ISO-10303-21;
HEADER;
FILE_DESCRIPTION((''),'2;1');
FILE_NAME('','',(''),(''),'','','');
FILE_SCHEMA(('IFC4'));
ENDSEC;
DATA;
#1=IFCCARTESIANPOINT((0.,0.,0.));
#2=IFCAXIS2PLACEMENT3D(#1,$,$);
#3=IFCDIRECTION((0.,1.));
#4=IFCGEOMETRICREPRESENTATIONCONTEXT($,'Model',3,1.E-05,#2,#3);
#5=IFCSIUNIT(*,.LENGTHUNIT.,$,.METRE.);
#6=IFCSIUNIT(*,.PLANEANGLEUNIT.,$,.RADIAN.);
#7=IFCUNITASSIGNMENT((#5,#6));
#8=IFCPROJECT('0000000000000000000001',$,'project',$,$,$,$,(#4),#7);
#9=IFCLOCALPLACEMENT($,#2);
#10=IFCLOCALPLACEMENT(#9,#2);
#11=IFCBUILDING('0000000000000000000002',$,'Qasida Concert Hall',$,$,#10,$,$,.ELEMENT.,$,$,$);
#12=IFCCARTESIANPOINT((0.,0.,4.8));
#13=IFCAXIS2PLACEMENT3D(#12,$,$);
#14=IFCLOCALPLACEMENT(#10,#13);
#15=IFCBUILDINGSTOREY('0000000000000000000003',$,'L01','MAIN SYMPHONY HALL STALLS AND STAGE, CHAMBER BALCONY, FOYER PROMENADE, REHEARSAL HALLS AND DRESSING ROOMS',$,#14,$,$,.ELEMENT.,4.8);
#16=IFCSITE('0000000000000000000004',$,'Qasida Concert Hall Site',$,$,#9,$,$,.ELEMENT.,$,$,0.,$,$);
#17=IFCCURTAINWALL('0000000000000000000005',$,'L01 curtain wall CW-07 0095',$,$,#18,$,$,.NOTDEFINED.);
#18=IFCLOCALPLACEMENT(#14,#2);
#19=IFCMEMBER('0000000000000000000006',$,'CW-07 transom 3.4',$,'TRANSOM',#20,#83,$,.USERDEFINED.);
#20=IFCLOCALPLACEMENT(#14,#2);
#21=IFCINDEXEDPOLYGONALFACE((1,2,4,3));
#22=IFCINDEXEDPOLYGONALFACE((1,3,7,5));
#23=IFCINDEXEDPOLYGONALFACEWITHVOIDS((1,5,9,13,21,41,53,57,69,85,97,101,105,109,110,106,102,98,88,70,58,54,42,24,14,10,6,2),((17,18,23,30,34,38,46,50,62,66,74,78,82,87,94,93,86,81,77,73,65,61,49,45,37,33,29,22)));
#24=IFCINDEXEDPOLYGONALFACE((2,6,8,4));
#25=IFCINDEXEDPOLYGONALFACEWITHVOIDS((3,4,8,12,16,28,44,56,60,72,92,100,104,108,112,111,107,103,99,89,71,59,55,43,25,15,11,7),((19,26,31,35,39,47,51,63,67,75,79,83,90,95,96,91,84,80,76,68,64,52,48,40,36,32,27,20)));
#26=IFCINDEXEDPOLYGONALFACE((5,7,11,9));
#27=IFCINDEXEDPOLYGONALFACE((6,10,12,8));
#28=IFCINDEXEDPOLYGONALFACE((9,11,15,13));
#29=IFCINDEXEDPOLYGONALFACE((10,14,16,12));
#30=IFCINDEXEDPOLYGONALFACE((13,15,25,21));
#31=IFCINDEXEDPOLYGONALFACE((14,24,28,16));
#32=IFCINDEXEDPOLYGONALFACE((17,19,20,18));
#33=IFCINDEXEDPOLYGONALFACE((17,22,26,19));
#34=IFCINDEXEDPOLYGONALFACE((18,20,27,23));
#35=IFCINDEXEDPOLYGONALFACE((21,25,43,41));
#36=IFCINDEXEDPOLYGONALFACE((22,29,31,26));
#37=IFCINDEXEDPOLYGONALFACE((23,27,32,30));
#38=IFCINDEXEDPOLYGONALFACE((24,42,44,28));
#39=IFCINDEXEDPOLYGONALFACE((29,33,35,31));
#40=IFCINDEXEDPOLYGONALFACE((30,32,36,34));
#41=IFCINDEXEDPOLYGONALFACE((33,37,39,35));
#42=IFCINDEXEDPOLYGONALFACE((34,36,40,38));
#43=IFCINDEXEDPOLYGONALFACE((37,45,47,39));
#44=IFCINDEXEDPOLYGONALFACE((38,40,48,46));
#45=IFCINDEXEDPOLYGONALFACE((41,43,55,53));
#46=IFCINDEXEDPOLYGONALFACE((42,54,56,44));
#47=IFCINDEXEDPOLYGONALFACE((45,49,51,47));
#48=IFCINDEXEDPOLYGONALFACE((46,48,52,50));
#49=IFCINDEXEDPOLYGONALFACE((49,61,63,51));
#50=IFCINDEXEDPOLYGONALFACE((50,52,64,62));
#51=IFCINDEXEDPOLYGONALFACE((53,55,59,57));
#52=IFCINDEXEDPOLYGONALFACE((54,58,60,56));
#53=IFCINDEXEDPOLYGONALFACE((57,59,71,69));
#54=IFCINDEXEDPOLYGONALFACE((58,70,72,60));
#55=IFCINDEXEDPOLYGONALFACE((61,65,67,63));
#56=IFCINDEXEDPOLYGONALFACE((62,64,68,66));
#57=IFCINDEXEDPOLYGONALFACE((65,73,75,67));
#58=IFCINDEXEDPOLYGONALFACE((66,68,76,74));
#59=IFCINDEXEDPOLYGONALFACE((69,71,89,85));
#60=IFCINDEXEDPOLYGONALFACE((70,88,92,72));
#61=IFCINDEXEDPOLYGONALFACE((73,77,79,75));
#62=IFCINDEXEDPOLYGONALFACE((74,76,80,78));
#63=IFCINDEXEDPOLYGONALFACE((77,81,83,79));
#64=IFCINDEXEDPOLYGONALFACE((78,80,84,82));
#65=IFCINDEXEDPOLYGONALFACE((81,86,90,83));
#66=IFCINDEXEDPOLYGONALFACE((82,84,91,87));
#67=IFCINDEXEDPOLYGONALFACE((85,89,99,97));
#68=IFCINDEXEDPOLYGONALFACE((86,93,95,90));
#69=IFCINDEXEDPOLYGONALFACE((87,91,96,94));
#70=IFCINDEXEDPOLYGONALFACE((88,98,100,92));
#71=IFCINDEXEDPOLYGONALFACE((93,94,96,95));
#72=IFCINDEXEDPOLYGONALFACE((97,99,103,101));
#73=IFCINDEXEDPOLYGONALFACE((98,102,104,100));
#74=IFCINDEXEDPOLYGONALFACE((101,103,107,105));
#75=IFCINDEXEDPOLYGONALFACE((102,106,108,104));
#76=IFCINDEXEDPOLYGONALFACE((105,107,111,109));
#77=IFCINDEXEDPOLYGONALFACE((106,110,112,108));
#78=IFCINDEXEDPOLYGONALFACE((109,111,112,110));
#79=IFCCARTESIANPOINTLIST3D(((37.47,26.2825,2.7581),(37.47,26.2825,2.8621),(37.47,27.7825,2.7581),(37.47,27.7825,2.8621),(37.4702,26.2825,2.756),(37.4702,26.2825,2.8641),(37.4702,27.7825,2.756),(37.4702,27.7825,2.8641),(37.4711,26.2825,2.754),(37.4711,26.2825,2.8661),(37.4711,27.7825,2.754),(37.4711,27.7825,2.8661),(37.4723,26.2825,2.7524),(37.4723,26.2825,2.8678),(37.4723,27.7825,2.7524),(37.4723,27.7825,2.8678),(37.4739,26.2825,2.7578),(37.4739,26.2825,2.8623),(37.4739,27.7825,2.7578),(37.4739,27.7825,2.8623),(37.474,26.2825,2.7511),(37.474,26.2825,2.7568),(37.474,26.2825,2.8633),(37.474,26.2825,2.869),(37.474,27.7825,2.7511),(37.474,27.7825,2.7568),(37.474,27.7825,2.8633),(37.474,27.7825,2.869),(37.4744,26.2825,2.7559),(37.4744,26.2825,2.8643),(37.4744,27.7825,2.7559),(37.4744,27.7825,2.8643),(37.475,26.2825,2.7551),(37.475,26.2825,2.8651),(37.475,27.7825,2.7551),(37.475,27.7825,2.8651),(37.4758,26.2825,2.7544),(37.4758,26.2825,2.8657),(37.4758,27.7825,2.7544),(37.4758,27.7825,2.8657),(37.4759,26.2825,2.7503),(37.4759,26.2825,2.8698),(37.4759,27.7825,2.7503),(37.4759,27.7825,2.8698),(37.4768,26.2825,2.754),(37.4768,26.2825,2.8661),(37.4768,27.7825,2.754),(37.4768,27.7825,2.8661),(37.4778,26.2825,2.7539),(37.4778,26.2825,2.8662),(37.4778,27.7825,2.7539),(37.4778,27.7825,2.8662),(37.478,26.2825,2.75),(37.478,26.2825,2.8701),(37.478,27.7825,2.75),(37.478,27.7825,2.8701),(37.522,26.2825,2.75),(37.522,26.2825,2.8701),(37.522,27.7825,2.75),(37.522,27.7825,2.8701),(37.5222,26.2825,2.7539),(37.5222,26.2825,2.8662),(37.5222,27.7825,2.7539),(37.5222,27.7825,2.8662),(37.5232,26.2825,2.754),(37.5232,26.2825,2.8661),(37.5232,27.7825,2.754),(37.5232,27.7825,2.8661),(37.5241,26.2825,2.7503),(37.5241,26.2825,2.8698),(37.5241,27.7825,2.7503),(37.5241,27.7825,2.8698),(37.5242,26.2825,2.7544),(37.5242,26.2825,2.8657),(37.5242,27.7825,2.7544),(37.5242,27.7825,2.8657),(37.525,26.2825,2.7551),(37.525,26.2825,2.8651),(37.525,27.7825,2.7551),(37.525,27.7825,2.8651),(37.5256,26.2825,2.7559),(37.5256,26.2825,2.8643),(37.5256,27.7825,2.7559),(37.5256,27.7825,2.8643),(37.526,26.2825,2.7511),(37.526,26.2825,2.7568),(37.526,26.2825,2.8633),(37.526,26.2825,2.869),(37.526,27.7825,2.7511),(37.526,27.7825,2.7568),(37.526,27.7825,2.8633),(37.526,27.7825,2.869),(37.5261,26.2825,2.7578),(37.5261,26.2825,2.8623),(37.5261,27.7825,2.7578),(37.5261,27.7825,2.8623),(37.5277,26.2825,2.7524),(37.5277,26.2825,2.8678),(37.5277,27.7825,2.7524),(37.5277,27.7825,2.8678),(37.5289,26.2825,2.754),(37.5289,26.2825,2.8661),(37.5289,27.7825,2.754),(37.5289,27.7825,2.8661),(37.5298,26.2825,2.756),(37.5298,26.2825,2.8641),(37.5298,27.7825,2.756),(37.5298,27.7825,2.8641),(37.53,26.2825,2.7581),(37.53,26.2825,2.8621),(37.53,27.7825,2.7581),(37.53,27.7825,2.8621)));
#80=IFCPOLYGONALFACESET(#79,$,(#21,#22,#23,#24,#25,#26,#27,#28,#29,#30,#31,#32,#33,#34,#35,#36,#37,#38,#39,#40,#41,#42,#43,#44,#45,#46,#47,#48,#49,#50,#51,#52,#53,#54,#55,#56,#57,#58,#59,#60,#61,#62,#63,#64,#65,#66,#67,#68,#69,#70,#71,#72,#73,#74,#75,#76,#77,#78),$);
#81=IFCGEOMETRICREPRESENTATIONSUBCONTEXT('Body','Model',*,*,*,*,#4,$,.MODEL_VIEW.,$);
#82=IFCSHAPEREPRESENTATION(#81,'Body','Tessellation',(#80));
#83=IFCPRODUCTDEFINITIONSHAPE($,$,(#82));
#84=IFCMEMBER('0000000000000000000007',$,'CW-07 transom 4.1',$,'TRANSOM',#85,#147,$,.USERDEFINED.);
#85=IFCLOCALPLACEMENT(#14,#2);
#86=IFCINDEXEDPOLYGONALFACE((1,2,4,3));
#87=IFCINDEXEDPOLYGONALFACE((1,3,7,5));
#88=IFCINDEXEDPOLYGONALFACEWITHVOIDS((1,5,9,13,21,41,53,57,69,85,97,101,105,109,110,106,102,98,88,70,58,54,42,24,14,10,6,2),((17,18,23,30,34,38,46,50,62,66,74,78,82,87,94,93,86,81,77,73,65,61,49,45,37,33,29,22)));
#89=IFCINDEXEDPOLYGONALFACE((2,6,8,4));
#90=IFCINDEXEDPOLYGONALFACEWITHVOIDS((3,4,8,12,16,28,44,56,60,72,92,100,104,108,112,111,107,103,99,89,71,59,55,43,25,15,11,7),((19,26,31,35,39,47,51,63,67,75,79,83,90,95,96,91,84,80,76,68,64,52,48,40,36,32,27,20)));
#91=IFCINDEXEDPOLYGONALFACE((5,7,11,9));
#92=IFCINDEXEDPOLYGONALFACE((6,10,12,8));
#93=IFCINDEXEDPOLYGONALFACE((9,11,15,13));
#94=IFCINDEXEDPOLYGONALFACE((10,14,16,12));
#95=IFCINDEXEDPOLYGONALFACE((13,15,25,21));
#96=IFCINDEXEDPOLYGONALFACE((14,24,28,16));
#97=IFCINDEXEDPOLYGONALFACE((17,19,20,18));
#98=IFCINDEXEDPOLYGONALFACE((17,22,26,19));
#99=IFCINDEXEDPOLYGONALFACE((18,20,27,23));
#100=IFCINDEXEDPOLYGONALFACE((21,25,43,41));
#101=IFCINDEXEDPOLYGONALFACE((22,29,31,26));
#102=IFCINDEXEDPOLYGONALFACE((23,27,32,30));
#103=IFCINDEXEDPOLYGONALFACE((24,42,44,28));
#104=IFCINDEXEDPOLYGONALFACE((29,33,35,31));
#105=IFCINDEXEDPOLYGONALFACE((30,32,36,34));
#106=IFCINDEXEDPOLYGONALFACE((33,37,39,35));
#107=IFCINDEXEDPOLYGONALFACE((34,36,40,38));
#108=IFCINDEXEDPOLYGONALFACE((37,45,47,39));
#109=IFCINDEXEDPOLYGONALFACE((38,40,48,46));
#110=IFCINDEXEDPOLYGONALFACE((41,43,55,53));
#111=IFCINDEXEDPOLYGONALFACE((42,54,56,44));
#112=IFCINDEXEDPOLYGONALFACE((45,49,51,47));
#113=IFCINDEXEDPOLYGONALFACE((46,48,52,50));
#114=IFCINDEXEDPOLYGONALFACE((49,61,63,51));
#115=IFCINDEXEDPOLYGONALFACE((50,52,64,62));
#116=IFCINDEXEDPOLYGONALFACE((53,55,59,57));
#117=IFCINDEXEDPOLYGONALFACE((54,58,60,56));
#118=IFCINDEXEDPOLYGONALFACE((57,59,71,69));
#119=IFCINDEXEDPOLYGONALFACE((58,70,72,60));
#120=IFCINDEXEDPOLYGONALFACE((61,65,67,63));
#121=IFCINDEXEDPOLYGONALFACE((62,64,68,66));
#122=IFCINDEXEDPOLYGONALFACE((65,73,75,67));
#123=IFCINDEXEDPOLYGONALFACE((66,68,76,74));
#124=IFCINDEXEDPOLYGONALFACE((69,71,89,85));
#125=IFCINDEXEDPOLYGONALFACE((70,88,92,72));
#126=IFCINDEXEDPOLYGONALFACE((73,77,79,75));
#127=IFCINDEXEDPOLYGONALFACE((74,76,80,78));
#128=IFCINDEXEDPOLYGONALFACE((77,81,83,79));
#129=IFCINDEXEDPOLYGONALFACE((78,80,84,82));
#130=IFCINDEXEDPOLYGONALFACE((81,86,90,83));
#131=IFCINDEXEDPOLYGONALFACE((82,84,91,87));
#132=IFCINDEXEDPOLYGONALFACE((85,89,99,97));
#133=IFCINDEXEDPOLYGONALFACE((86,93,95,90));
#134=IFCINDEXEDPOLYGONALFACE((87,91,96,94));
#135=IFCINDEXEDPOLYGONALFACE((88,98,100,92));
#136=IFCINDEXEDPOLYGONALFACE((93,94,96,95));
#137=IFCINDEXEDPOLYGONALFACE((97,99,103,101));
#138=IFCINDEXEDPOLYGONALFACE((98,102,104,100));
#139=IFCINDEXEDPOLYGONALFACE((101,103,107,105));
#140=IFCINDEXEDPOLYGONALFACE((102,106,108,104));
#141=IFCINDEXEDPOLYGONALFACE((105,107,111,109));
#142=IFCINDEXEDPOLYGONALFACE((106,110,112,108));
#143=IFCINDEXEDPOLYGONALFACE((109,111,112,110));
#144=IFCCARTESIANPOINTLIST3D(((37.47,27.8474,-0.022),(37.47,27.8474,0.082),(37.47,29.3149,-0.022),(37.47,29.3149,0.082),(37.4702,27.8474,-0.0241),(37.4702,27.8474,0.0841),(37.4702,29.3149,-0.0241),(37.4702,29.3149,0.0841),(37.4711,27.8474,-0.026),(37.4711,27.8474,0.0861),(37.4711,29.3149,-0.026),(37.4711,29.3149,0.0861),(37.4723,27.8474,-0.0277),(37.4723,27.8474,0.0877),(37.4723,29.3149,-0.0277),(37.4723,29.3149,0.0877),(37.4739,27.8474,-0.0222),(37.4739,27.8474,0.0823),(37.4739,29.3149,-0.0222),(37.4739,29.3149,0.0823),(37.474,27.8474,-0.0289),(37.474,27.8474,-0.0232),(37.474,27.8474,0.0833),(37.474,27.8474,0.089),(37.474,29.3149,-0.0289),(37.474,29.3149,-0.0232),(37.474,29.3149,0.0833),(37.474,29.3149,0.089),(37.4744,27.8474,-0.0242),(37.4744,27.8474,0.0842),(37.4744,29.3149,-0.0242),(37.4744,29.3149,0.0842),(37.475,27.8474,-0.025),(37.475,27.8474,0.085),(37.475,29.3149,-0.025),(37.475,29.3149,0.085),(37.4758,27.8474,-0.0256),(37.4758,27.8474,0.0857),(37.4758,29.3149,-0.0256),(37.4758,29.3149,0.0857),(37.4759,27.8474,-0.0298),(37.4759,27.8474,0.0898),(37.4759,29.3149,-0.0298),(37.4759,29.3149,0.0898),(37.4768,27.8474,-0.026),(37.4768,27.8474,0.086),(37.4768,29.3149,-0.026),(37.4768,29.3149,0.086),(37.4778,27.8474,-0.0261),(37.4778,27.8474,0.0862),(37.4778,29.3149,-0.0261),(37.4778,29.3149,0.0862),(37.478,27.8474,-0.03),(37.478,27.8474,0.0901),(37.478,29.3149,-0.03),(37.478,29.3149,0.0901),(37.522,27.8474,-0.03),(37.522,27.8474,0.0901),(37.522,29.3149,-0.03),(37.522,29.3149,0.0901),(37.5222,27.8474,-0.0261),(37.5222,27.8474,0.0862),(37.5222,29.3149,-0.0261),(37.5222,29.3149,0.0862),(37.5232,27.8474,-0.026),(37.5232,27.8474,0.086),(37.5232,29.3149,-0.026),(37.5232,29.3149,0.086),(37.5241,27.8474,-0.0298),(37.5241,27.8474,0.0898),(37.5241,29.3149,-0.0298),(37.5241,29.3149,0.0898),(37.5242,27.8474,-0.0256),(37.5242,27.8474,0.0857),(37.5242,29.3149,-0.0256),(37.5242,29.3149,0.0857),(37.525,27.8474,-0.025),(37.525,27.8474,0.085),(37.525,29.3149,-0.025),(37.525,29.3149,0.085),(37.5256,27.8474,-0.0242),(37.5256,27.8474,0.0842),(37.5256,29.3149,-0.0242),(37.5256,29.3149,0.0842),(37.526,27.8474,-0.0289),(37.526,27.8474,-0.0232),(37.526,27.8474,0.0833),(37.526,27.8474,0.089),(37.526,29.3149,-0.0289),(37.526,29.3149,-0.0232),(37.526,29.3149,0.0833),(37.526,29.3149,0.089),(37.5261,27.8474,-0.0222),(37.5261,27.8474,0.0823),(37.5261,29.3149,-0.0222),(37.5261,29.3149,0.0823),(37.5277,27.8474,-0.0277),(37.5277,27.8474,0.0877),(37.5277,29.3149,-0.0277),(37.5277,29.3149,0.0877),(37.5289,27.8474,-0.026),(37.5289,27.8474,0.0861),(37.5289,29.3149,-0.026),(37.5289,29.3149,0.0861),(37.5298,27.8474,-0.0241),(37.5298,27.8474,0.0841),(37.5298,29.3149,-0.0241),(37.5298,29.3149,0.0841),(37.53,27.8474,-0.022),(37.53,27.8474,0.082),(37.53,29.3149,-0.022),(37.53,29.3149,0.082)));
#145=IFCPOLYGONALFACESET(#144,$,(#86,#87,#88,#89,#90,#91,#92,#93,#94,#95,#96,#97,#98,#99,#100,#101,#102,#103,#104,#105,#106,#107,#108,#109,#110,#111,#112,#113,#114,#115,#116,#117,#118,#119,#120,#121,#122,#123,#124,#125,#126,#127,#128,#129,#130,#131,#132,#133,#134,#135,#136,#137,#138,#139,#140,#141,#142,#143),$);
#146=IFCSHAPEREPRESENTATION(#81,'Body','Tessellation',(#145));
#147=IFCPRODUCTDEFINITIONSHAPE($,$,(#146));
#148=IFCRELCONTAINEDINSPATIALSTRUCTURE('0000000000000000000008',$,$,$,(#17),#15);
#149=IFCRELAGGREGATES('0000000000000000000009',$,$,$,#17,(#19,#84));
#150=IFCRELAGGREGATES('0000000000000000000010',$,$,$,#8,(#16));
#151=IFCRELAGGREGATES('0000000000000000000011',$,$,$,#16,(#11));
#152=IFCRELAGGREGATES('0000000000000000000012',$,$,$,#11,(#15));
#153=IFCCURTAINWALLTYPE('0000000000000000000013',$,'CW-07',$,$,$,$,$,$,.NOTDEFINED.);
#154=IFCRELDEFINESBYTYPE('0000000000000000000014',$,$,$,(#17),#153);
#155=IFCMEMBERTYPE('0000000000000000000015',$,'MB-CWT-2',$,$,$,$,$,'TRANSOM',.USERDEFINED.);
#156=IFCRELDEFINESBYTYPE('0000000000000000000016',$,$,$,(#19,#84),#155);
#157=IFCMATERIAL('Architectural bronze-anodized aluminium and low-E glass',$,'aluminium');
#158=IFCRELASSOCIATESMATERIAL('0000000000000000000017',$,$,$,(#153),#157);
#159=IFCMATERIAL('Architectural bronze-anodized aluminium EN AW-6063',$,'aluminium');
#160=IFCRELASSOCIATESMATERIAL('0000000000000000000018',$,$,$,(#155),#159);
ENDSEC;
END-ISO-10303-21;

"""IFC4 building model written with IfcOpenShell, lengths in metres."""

from ifc_helpers import new_model, si_unit, direction, frame, origin, origin_2d, place, context, subcontext, project, spatial, hollow_rectangle, extrude, material, material_profile, profile_set, type_object, element, aggregate, save


model = new_model("IFC4")

# Units and contexts
model_context = context("Model", 3, precision=1e-05, world=origin(), true_north=direction((0.0, 1.0)))
body_context = subcontext(model_context, "Body", "Model", "MODEL_VIEW")
ifc_project = project(units=[si_unit("LENGTHUNIT", "METRE"), si_unit("PLANEANGLEUNIT", "RADIAN")], contexts=[model_context])

# Site, building, storey
site_placement = place(None, origin())
site = spatial("IfcSite", under=ifc_project, at=site_placement, Name="Qasida Concert Hall Site", CompositionType="ELEMENT", RefElevation=0.0)
building_placement = place(site_placement, origin())
building = spatial("IfcBuilding", under=site, at=building_placement, Name="Qasida Concert Hall", CompositionType="ELEMENT")
storey_placement = place(building_placement, frame((0.0, 0.0, 4.8)))
storey = spatial("IfcBuildingStorey", under=building, at=storey_placement, Name="L01", Description="MAIN SYMPHONY HALL STALLS AND STAGE, CHAMBER BALCONY, FOYER PROMENADE, REHEARSAL HALLS AND DRESSING ROOMS", CompositionType="ELEMENT", Elevation=4.8)

# Curtain wall
ifc_material_1 = material(Name="Architectural bronze-anodized aluminium and low-E glass", Category="aluminium")
curtain_wall_type_1 = type_object("IfcCurtainWallType", Name="CW-07", PredefinedType="NOTDEFINED", material=ifc_material_1)
curtain_wall_1_placement = place(storey_placement, origin())
curtain_wall_1 = element("IfcCurtainWall", 1, at=curtain_wall_1_placement, inside=storey, type_object=curtain_wall_type_1, Name="L01 curtain wall CW-07 0095", PredefinedType="NOTDEFINED")
ifc_material_2 = material(Name="Architectural bronze-anodized aluminium EN AW-6063", Category="aluminium")

# Members
ifc_material_profile_1 = material_profile(ifc_material_2, hollow_rectangle(XDim=0.0601, YDim=0.1201, WallThickness=0.0039, InnerFilletRadius=0.0039, OuterFilletRadius=0.0081, at=origin_2d()), Name="CWT 120x60x4")
ifc_profile_set_1 = profile_set([ifc_material_profile_1], Name="Architectural bronze-anodized aluminium EN AW-6063")
member_type_1 = type_object("IfcMemberType", Name="MB-CWT-2", ElementType="TRANSOM", PredefinedType="USERDEFINED", material=ifc_profile_set_1)
member_1_placement = place(storey_placement, frame((37.5, 26.2825, 2.8101), z_axis=(0.0, 1.0, 0.0), x_axis=(-1.0, 0.0, 0.0)))
member_1 = element("IfcMember", 2, at=member_1_placement, type_object=member_type_1, Name="CW-07 transom 3.4", ObjectType="TRANSOM", PredefinedType="USERDEFINED", context=body_context, shape_type="SweptSolid", body=[
    extrude(hollow_rectangle(XDim=0.0601, YDim=0.1201, WallThickness=0.0039, InnerFilletRadius=0.0039, OuterFilletRadius=0.0081, at=origin_2d()), origin(), (0.0, 0.0, 1.0), 1.5),
])
member_2_placement = place(storey_placement, frame((37.5, 27.8474, 0.03), z_axis=(0.0, 1.0, 0.0), x_axis=(-1.0, 0.0, 0.0)))
member_2 = element("IfcMember", 3, at=member_2_placement, type_object=member_type_1, Name="CW-07 transom 4.1", ObjectType="TRANSOM", PredefinedType="USERDEFINED", context=body_context, shape_type="SweptSolid", body=[
    extrude(hollow_rectangle(XDim=0.0601, YDim=0.1201, WallThickness=0.0039, InnerFilletRadius=0.0039, OuterFilletRadius=0.0081, at=origin_2d()), origin(), (0.0, 0.0, 1.0), 1.4675),
])

aggregate(curtain_wall_1, [member_1, member_2])

save(model, "model.ifc")
